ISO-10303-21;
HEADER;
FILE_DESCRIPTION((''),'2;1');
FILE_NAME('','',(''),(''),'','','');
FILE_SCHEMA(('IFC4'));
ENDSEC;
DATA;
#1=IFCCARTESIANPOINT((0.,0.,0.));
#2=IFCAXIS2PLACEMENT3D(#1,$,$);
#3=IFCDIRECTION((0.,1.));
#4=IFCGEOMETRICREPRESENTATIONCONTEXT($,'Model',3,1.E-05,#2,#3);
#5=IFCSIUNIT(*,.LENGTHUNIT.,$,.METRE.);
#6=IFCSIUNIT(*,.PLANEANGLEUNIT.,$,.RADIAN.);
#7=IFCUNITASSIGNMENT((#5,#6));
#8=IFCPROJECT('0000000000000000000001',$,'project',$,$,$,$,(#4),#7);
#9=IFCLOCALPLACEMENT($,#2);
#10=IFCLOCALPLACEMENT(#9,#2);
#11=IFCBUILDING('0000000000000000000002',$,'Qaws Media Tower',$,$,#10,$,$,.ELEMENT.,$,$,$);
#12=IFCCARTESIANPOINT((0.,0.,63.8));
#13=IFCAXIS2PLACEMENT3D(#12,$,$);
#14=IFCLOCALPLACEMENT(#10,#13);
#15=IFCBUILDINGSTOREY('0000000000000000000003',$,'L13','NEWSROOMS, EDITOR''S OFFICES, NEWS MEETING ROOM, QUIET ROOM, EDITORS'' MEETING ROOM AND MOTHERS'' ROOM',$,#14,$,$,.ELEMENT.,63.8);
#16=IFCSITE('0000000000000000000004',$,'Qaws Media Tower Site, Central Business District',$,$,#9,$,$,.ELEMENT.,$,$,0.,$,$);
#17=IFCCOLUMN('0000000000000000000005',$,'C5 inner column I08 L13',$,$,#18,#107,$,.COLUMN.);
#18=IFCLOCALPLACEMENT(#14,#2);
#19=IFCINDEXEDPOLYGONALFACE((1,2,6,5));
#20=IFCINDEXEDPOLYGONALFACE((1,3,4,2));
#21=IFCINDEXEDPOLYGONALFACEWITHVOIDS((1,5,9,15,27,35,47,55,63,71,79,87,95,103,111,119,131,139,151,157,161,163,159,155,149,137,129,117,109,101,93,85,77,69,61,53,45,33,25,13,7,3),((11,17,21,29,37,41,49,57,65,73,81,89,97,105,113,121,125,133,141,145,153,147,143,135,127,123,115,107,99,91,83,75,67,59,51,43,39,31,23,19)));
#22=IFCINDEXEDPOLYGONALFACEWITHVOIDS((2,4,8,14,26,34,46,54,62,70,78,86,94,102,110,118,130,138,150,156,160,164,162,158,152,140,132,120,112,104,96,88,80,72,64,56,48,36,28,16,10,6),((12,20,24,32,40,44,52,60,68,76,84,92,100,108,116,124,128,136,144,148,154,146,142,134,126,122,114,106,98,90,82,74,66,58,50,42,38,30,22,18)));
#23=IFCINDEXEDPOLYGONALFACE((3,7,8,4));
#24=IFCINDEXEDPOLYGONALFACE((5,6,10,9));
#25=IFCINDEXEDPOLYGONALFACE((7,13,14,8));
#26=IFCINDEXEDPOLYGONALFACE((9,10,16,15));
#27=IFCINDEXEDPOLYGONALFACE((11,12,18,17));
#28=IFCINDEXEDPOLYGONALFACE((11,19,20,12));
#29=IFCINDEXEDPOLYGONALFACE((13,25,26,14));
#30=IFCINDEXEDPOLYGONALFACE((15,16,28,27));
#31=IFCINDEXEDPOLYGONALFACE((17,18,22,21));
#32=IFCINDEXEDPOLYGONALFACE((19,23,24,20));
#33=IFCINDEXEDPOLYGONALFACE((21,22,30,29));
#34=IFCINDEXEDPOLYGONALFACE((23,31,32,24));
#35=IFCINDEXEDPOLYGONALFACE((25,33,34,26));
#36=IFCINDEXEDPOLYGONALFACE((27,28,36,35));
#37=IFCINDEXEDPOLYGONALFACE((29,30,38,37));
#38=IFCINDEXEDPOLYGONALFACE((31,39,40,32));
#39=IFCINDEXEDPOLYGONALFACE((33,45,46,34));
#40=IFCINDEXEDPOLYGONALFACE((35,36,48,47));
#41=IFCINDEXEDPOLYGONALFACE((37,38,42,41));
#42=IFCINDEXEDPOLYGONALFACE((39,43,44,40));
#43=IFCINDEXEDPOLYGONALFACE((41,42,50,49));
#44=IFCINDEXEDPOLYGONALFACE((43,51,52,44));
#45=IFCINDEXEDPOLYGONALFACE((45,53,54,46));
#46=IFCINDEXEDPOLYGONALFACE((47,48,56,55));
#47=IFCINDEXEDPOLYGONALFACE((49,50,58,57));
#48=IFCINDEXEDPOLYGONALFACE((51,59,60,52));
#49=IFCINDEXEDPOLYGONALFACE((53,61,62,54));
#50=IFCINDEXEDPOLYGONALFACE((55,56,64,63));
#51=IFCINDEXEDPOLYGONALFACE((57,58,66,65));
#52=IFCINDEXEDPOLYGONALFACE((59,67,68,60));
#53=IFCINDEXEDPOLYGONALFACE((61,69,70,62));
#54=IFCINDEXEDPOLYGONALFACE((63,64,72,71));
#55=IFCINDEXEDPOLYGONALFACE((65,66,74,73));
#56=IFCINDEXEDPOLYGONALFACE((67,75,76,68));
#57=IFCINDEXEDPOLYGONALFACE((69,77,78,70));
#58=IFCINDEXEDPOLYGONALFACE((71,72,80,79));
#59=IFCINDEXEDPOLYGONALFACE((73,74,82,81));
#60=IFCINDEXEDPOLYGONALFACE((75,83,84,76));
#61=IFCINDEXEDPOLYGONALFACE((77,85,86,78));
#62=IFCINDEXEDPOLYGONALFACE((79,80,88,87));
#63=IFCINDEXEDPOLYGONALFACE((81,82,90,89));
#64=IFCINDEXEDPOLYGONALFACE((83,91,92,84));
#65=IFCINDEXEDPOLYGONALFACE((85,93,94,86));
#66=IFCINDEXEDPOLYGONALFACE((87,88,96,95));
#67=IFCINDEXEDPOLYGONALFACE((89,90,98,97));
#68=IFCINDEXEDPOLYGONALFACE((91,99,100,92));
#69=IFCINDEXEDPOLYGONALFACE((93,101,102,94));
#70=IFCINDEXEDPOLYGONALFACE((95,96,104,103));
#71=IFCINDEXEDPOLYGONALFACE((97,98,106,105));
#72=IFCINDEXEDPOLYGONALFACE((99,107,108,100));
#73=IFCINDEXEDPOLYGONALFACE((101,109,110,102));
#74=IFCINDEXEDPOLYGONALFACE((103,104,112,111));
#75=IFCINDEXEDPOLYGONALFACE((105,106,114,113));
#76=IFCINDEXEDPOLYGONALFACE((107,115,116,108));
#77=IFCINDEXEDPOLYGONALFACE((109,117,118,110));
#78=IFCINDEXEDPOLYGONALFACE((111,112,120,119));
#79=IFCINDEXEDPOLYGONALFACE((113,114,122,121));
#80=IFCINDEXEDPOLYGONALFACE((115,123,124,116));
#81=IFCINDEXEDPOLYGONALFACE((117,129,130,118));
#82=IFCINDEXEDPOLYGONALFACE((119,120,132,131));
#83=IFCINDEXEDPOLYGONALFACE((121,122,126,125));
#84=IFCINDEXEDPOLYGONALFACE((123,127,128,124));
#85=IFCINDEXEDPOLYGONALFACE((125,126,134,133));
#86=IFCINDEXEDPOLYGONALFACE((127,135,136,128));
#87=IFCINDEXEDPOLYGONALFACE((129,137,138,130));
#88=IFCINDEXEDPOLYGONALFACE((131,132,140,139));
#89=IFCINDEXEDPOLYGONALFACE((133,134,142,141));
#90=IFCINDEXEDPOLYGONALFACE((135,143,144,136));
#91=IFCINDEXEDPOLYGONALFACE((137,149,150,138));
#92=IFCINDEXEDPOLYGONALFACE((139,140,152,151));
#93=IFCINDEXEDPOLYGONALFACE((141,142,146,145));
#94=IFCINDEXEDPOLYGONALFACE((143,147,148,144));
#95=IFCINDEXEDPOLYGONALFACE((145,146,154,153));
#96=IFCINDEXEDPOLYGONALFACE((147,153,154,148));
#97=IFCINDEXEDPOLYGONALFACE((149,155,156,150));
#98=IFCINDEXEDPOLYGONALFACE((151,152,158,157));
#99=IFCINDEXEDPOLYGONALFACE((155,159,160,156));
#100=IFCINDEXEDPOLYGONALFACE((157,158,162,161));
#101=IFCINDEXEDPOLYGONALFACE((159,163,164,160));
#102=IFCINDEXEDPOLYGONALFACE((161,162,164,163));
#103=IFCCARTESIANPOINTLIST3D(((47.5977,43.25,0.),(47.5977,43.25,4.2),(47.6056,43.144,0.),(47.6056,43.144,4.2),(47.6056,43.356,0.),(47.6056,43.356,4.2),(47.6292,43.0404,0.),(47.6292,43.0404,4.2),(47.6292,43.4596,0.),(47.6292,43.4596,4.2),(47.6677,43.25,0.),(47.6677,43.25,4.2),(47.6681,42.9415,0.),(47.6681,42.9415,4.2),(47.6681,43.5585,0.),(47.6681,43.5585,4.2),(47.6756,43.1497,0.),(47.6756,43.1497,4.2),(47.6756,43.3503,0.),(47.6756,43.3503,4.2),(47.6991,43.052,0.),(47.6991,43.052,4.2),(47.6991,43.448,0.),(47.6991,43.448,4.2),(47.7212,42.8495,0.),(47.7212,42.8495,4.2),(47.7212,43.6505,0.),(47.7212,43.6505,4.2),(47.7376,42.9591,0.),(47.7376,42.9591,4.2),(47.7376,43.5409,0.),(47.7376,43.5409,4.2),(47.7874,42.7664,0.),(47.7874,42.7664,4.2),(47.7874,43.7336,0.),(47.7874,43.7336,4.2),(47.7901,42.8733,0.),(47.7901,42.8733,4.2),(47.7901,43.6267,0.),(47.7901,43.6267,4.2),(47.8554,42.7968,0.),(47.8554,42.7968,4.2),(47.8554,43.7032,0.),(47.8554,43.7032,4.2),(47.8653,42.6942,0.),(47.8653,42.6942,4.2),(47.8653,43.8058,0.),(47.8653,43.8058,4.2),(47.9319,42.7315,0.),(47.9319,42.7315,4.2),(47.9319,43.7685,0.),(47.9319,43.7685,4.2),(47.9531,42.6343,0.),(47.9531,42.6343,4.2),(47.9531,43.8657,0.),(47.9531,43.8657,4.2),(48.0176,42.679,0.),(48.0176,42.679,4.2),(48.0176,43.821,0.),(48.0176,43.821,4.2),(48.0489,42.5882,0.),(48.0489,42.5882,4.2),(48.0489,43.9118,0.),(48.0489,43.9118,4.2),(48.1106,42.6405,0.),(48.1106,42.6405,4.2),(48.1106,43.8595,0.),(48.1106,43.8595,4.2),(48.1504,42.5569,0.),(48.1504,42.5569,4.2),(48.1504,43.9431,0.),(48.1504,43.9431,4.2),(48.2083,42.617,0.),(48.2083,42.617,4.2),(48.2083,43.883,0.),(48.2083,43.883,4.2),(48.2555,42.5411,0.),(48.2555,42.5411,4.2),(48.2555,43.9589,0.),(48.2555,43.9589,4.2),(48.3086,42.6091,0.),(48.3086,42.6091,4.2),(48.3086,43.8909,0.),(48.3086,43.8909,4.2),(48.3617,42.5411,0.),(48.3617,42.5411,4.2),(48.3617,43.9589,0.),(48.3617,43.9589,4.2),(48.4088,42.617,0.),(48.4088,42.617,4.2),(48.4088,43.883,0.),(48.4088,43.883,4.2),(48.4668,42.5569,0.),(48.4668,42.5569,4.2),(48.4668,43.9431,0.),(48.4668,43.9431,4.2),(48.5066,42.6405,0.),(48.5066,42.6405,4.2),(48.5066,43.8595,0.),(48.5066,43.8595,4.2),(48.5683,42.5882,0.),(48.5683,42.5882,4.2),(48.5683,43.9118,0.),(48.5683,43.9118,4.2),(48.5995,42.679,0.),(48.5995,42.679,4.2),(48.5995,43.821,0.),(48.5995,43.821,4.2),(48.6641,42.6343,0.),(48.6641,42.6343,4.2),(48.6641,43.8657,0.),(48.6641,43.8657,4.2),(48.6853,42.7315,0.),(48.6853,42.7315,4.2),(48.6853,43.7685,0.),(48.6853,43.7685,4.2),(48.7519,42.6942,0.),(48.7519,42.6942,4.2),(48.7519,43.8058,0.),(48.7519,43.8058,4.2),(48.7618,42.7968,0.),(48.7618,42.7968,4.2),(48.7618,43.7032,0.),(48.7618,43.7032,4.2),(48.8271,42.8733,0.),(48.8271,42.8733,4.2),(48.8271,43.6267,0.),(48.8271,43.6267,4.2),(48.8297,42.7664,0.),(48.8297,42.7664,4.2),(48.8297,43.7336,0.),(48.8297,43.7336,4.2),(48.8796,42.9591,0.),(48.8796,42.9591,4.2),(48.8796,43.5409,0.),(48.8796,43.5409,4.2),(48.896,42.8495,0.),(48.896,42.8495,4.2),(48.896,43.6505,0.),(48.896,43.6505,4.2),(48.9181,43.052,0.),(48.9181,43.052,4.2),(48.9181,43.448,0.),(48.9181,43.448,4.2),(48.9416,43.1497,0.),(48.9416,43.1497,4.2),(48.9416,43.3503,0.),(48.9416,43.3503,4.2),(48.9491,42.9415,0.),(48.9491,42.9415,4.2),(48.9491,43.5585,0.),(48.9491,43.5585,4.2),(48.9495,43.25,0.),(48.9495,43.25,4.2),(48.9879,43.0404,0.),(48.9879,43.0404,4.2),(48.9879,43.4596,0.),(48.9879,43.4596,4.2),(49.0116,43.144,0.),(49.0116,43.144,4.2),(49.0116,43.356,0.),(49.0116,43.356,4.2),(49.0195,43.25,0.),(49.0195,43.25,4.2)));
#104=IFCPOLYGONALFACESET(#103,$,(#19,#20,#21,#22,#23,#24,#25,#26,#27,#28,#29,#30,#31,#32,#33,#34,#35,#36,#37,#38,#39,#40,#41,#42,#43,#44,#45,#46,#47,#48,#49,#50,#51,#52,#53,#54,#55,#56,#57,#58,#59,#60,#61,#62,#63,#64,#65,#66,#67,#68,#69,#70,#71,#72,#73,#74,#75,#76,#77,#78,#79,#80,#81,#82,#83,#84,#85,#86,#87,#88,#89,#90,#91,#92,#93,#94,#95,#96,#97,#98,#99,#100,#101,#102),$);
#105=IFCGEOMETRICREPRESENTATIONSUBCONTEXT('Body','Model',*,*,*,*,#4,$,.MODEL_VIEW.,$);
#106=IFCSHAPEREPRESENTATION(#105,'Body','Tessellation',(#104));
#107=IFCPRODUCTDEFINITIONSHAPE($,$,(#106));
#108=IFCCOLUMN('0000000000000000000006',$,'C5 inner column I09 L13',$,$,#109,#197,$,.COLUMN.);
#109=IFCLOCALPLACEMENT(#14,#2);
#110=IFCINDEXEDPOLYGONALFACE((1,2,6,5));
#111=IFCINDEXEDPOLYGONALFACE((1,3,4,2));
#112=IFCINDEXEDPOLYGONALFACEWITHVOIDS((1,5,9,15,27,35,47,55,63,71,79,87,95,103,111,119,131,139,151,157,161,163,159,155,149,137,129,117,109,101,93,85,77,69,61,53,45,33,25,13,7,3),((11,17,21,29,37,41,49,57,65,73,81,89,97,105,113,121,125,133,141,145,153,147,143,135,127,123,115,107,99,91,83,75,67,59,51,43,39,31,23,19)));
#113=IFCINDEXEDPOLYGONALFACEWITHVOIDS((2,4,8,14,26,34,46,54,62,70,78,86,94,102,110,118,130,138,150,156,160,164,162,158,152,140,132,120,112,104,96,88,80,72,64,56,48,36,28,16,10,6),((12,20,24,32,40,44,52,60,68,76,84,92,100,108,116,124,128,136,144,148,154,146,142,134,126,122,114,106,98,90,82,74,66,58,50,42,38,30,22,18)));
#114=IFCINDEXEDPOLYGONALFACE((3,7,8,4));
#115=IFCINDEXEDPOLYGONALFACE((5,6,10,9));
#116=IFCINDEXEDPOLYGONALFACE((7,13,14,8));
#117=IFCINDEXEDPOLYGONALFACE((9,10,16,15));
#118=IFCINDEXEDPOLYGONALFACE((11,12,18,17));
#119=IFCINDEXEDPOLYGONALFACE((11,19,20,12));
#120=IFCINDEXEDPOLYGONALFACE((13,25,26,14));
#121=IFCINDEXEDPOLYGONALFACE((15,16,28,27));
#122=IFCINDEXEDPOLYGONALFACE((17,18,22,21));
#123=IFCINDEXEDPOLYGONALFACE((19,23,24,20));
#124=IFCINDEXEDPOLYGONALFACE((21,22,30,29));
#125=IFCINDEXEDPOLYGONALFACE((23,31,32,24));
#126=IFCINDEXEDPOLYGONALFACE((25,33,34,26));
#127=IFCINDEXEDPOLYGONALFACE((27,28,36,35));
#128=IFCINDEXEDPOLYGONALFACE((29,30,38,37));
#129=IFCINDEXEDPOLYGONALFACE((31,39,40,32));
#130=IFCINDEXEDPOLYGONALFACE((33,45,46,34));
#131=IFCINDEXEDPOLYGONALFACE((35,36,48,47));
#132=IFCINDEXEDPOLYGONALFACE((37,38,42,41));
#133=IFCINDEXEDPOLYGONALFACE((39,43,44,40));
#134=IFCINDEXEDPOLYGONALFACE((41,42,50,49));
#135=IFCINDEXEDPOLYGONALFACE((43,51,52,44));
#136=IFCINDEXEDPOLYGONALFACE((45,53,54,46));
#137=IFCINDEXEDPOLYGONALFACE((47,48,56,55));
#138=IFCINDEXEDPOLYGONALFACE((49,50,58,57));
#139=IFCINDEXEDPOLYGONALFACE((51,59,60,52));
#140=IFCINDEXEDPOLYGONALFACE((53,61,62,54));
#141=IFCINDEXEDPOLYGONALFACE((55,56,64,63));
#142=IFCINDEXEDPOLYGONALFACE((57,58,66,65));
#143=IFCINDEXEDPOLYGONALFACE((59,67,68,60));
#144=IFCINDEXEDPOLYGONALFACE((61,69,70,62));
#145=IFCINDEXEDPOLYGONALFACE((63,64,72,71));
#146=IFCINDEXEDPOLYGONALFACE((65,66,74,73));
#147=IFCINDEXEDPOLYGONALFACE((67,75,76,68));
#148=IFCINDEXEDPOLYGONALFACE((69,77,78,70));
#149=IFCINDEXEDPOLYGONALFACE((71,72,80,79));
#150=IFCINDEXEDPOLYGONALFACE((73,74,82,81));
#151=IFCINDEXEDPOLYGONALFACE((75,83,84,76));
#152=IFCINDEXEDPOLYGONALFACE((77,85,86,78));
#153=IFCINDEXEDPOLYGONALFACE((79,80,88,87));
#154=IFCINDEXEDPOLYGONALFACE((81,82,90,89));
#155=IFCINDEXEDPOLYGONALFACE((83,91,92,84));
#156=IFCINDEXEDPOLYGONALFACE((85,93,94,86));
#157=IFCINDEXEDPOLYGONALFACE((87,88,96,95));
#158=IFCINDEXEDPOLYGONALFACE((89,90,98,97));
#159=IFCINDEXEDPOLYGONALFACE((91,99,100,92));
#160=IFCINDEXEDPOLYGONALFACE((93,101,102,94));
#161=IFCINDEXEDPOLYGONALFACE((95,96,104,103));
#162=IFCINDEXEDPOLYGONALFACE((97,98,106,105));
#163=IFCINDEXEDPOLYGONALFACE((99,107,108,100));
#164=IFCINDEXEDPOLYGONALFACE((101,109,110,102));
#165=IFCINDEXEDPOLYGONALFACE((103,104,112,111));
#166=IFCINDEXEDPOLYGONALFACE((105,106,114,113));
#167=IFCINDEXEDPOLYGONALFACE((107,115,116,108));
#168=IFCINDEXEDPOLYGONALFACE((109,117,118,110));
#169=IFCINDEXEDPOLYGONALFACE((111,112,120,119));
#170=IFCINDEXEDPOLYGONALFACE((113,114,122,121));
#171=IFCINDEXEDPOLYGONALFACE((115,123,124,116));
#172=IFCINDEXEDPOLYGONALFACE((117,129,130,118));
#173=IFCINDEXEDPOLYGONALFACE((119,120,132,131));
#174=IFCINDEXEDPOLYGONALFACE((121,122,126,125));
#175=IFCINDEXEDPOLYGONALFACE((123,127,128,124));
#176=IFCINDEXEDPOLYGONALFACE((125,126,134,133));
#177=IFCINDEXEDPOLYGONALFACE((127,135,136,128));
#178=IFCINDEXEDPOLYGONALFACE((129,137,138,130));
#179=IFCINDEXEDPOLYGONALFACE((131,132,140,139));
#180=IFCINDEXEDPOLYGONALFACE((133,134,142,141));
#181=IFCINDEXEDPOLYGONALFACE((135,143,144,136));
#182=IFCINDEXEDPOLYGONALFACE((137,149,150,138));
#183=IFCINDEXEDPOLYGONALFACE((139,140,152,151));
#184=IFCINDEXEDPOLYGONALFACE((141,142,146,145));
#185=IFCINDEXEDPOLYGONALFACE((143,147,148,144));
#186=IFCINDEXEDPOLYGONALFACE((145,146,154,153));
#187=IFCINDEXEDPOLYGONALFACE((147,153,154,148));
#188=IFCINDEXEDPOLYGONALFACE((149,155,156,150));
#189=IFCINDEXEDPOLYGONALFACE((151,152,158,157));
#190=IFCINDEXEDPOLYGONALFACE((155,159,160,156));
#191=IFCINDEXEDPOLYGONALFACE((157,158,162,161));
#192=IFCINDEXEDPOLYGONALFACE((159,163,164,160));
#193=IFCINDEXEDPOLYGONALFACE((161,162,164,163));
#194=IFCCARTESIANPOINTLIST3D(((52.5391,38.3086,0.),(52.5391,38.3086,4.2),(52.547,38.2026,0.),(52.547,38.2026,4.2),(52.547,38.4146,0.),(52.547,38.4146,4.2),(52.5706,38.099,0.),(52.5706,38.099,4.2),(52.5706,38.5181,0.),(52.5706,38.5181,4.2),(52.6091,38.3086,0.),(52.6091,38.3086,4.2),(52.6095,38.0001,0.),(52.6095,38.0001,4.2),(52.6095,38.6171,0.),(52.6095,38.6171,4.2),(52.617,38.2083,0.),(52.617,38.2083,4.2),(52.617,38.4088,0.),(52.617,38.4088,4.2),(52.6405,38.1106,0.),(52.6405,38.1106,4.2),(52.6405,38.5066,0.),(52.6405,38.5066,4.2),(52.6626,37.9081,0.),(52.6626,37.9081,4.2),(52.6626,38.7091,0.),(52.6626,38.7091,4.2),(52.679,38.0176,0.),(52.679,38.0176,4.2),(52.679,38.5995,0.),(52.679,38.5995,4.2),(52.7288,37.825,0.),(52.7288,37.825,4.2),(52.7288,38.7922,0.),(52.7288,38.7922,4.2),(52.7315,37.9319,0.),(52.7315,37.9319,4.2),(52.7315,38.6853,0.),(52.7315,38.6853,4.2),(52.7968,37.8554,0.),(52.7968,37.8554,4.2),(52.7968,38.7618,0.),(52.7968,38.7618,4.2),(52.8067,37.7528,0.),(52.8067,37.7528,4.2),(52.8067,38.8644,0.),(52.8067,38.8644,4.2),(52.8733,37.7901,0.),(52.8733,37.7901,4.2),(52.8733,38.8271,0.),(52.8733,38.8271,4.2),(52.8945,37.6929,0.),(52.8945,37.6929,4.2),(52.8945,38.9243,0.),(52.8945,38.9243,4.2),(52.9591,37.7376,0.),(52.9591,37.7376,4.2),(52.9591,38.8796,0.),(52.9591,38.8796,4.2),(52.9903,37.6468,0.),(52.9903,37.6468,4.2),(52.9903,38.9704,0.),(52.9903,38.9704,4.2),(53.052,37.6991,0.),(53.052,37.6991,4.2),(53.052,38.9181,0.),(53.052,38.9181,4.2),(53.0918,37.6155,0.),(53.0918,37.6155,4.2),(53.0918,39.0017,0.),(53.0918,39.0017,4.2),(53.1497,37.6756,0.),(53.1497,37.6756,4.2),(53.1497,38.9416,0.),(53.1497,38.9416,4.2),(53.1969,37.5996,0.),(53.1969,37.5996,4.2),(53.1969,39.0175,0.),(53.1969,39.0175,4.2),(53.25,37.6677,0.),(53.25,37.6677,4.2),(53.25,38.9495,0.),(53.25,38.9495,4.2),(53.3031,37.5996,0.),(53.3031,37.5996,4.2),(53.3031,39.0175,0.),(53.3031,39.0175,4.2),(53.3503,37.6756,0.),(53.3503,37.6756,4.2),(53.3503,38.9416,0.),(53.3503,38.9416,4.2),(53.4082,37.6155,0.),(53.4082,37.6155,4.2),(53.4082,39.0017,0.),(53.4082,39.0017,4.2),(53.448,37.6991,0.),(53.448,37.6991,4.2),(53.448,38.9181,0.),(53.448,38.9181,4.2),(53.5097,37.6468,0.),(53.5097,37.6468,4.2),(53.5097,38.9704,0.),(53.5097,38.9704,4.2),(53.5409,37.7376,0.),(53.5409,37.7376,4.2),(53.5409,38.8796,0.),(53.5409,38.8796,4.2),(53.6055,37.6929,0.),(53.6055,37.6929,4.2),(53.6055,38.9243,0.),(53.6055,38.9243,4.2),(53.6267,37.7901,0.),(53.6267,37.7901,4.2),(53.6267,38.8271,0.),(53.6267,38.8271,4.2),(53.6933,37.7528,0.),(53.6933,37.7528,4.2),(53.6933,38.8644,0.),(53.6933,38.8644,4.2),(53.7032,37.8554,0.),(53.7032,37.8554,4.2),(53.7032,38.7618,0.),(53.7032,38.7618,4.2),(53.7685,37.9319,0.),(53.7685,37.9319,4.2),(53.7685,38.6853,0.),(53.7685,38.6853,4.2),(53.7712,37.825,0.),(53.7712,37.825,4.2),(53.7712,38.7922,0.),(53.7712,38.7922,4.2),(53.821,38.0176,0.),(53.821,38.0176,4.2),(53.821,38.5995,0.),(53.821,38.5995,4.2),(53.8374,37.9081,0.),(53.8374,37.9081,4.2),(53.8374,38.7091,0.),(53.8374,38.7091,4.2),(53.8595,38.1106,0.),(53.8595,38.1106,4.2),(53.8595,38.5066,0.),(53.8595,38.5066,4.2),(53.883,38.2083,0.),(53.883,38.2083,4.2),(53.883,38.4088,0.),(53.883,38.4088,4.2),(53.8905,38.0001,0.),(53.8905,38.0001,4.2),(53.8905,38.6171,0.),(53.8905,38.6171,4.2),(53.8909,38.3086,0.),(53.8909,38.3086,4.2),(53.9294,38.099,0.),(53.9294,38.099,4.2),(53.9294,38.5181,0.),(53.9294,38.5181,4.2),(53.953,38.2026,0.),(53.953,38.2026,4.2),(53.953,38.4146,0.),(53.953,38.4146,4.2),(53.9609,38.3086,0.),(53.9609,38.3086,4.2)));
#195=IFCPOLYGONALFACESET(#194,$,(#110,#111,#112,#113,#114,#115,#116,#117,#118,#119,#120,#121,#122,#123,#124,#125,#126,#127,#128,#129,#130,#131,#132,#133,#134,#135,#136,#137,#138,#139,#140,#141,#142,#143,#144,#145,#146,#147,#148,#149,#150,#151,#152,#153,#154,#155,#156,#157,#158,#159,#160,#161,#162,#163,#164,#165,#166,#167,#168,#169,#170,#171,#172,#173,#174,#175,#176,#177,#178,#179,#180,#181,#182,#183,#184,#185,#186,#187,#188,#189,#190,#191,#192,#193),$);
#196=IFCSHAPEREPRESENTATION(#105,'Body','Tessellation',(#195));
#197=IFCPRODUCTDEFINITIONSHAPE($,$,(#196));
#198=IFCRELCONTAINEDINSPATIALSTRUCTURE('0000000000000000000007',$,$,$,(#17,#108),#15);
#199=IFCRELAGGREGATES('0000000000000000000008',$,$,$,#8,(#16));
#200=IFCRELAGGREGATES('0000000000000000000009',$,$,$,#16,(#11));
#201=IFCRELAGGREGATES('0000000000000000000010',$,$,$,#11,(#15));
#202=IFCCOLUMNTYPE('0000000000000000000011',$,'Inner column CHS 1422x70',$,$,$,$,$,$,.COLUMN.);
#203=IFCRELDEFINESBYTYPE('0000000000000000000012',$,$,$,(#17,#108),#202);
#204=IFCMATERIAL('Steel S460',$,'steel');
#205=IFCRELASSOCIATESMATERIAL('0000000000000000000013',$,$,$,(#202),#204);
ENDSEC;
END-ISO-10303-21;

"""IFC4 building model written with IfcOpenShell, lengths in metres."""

from ifc_helpers import new_model, si_unit, direction, frame, origin, origin_2d, place, context, subcontext, project, spatial, hollow_circle, extrude, material, material_profile, profile_set, type_object, element, save


model = new_model("IFC4")

# Units and contexts
model_context = context("Model", 3, precision=1e-05, world=origin(), true_north=direction((0.0, 1.0)))
body_context = subcontext(model_context, "Body", "Model", "MODEL_VIEW")
ifc_project = project(units=[si_unit("LENGTHUNIT", "METRE"), si_unit("PLANEANGLEUNIT", "RADIAN")], contexts=[model_context])

# Site, building, storey
site_placement = place(None, origin())
site = spatial("IfcSite", under=ifc_project, at=site_placement, Name="Qaws Media Tower Site, Central Business District", CompositionType="ELEMENT", RefElevation=0.0)
building_placement = place(site_placement, origin())
building = spatial("IfcBuilding", under=site, at=building_placement, Name="Qaws Media Tower", CompositionType="ELEMENT")
storey_placement = place(building_placement, frame((0.0, 0.0, 63.8)))
storey = spatial("IfcBuildingStorey", under=building, at=storey_placement, Name="L13", Description="NEWSROOMS, EDITOR'S OFFICES, NEWS MEETING ROOM, QUIET ROOM, EDITORS' MEETING ROOM AND MOTHERS' ROOM", CompositionType="ELEMENT", Elevation=63.8)

# Columns
ifc_material_1 = material(Name="Steel S460", Category="steel")
ifc_material_profile_1 = material_profile(ifc_material_1, hollow_circle(Radius=0.7109, WallThickness=0.0701, at=origin_2d()), Name="CHS 1422x70")
ifc_profile_set_1 = profile_set([ifc_material_profile_1], Name="Steel S460")
column_type = type_object("IfcColumnType", Name="Inner column CHS 1422x70", PredefinedType="COLUMN", material=ifc_profile_set_1)
for number, where, z_axis, x_axis, name in (
    (1, (48.3086, 43.25, 0.0), (0.0, 0.0, 1.0), (1.0, 0.0, 0.0), "C5 inner column I08 L13"),
    (2, (53.25, 38.3086, 0.0), (0.0, 0.0, 1.0), (1.0, 0.0, 0.0), "C5 inner column I09 L13"),
):
    element("IfcColumn", number, at=place(storey_placement, frame(where, z_axis=z_axis, x_axis=x_axis)), inside=storey, type_object=column_type, Name=name, PredefinedType="COLUMN", context=body_context, shape_type="SweptSolid", body=[
        extrude(hollow_circle(Radius=0.7109, WallThickness=0.0701, at=origin_2d()), origin(), (0.0, 0.0, 1.0), 4.2),
    ])

save(model, "model.ifc")
